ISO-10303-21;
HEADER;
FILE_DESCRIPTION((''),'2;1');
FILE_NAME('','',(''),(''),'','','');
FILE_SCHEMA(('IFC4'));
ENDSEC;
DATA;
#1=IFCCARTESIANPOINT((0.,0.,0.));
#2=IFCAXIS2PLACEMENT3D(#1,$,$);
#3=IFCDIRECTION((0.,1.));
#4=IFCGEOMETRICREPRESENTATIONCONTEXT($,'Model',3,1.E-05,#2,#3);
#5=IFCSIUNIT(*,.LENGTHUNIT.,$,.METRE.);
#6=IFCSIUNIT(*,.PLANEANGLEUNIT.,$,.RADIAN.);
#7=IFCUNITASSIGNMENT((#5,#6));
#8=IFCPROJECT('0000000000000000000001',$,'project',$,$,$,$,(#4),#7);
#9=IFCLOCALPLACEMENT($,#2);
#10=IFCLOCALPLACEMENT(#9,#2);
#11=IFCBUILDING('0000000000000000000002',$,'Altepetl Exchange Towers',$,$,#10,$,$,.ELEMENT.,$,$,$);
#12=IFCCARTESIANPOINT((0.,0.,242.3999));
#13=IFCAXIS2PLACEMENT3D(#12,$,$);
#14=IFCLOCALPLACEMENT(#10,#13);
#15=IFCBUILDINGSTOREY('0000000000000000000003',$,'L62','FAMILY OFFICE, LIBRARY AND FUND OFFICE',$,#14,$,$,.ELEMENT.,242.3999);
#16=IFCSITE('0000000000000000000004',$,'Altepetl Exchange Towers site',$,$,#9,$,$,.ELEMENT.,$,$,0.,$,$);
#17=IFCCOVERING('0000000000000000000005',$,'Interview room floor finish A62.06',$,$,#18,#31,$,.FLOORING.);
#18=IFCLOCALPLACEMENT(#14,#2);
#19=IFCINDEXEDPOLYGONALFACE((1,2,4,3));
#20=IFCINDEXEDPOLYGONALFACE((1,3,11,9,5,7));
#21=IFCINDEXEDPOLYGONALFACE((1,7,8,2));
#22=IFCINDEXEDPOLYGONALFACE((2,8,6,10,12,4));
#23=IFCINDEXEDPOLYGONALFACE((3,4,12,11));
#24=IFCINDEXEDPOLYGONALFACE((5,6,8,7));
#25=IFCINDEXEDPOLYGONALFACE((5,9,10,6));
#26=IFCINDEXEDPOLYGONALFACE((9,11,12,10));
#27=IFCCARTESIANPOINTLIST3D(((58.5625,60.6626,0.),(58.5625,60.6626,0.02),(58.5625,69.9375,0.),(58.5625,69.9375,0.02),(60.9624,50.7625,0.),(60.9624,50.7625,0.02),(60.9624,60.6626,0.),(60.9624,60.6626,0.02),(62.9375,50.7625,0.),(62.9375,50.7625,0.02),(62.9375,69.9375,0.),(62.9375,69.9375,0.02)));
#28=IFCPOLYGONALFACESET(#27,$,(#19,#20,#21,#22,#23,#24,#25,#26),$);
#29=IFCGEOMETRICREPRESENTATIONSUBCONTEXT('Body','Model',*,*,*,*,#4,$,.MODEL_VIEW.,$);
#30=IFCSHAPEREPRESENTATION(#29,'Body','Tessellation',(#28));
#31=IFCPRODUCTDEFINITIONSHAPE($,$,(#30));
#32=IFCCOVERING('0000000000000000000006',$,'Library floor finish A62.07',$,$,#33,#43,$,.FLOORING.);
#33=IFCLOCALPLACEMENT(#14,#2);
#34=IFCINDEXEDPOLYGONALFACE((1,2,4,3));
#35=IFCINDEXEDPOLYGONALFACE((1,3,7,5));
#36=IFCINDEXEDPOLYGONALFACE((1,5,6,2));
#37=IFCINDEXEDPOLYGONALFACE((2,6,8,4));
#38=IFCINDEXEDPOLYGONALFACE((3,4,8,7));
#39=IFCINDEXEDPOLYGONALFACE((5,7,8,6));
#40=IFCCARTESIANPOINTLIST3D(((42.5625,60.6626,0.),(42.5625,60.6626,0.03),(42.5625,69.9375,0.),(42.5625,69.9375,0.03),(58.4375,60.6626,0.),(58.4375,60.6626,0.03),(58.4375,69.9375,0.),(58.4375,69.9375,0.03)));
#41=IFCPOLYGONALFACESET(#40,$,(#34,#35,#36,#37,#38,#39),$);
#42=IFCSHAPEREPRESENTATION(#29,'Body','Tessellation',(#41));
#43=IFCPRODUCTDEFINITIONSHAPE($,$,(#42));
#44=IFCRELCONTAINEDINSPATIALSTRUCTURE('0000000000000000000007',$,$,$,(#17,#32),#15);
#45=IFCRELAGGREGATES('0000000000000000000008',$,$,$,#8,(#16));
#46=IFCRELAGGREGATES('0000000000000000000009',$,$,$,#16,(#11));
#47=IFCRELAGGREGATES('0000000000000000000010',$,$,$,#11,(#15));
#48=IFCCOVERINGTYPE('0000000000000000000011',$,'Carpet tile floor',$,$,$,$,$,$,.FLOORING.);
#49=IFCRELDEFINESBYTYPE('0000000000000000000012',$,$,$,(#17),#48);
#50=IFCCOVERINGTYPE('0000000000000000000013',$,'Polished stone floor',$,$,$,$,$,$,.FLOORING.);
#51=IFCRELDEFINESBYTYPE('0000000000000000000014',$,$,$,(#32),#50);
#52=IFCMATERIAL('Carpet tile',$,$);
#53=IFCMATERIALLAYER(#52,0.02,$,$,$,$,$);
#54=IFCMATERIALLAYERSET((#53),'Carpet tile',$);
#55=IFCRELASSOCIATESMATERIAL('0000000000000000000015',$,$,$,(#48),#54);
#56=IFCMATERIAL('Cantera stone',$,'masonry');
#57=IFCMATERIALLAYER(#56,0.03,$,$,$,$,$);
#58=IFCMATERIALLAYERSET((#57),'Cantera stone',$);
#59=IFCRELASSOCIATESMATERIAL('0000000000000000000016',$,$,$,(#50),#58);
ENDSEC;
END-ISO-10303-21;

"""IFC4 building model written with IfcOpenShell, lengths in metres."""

from ifc_helpers import new_model, si_unit, direction, frame, origin, place, context, subcontext, project, spatial, polyline, outline, extrude, material, layer, layer_set, type_object, element, save


model = new_model("IFC4")

# Units and contexts
model_context = context("Model", 3, precision=1e-05, world=origin(), true_north=direction((0.0, 1.0)))
body_context = subcontext(model_context, "Body", "Model", "MODEL_VIEW")
ifc_project = project(units=[si_unit("LENGTHUNIT", "METRE"), si_unit("PLANEANGLEUNIT", "RADIAN")], contexts=[model_context])

# Site, building, storey
site_placement = place(None, origin())
site = spatial("IfcSite", under=ifc_project, at=site_placement, Name="Altepetl Exchange Towers site", CompositionType="ELEMENT", RefElevation=0.0)
building_placement = place(site_placement, origin())
building = spatial("IfcBuilding", under=site, at=building_placement, Name="Altepetl Exchange Towers", CompositionType="ELEMENT")
storey_placement = place(building_placement, frame((0.0, 0.0, 242.3999)))
storey = spatial("IfcBuildingStorey", under=building, at=storey_placement, Name="L62", Description="FAMILY OFFICE, LIBRARY AND FUND OFFICE", CompositionType="ELEMENT", Elevation=242.3999)

# Coverings
ifc_material_1 = material(Name="Carpet tile")
ifc_layer_1 = layer(ifc_material_1, 0.02)
ifc_layer_set_1 = layer_set([ifc_layer_1], Name="Carpet tile")
covering_type_1 = type_object("IfcCoveringType", Name="Carpet tile floor", PredefinedType="FLOORING", material=ifc_layer_set_1)
covering_1_placement = place(storey_placement, origin())
element("IfcCovering", 1, at=covering_1_placement, inside=storey, type_object=covering_type_1, Name="Interview room floor finish A62.06", PredefinedType="FLOORING", context=body_context, shape_type="SweptSolid", body=[
    extrude(outline(polyline([(62.9375, 50.7625), (62.9375, 69.9375), (58.5625, 69.9375), (58.5625, 60.6626), (60.9624, 60.6626), (60.9624, 50.7625), (62.9375, 50.7625)])), origin(), (0.0, 0.0, 1.0), 0.02),
])
ifc_material_2 = material(Name="Cantera stone", Category="masonry")
ifc_layer_2 = layer(ifc_material_2, 0.03)
ifc_layer_set_2 = layer_set([ifc_layer_2], Name="Cantera stone")
covering_type_2 = type_object("IfcCoveringType", Name="Polished stone floor", PredefinedType="FLOORING", material=ifc_layer_set_2)
covering_2_placement = place(storey_placement, origin())
element("IfcCovering", 2, at=covering_2_placement, inside=storey, type_object=covering_type_2, Name="Library floor finish A62.07", PredefinedType="FLOORING", context=body_context, shape_type="SweptSolid", body=[
    extrude(outline(polyline([(58.4375, 60.6626), (58.4375, 69.9375), (42.5625, 69.9375), (42.5625, 60.6626), (58.4375, 60.6626)])), origin(), (0.0, 0.0, 1.0), 0.03),
])

save(model, "model.ifc")
